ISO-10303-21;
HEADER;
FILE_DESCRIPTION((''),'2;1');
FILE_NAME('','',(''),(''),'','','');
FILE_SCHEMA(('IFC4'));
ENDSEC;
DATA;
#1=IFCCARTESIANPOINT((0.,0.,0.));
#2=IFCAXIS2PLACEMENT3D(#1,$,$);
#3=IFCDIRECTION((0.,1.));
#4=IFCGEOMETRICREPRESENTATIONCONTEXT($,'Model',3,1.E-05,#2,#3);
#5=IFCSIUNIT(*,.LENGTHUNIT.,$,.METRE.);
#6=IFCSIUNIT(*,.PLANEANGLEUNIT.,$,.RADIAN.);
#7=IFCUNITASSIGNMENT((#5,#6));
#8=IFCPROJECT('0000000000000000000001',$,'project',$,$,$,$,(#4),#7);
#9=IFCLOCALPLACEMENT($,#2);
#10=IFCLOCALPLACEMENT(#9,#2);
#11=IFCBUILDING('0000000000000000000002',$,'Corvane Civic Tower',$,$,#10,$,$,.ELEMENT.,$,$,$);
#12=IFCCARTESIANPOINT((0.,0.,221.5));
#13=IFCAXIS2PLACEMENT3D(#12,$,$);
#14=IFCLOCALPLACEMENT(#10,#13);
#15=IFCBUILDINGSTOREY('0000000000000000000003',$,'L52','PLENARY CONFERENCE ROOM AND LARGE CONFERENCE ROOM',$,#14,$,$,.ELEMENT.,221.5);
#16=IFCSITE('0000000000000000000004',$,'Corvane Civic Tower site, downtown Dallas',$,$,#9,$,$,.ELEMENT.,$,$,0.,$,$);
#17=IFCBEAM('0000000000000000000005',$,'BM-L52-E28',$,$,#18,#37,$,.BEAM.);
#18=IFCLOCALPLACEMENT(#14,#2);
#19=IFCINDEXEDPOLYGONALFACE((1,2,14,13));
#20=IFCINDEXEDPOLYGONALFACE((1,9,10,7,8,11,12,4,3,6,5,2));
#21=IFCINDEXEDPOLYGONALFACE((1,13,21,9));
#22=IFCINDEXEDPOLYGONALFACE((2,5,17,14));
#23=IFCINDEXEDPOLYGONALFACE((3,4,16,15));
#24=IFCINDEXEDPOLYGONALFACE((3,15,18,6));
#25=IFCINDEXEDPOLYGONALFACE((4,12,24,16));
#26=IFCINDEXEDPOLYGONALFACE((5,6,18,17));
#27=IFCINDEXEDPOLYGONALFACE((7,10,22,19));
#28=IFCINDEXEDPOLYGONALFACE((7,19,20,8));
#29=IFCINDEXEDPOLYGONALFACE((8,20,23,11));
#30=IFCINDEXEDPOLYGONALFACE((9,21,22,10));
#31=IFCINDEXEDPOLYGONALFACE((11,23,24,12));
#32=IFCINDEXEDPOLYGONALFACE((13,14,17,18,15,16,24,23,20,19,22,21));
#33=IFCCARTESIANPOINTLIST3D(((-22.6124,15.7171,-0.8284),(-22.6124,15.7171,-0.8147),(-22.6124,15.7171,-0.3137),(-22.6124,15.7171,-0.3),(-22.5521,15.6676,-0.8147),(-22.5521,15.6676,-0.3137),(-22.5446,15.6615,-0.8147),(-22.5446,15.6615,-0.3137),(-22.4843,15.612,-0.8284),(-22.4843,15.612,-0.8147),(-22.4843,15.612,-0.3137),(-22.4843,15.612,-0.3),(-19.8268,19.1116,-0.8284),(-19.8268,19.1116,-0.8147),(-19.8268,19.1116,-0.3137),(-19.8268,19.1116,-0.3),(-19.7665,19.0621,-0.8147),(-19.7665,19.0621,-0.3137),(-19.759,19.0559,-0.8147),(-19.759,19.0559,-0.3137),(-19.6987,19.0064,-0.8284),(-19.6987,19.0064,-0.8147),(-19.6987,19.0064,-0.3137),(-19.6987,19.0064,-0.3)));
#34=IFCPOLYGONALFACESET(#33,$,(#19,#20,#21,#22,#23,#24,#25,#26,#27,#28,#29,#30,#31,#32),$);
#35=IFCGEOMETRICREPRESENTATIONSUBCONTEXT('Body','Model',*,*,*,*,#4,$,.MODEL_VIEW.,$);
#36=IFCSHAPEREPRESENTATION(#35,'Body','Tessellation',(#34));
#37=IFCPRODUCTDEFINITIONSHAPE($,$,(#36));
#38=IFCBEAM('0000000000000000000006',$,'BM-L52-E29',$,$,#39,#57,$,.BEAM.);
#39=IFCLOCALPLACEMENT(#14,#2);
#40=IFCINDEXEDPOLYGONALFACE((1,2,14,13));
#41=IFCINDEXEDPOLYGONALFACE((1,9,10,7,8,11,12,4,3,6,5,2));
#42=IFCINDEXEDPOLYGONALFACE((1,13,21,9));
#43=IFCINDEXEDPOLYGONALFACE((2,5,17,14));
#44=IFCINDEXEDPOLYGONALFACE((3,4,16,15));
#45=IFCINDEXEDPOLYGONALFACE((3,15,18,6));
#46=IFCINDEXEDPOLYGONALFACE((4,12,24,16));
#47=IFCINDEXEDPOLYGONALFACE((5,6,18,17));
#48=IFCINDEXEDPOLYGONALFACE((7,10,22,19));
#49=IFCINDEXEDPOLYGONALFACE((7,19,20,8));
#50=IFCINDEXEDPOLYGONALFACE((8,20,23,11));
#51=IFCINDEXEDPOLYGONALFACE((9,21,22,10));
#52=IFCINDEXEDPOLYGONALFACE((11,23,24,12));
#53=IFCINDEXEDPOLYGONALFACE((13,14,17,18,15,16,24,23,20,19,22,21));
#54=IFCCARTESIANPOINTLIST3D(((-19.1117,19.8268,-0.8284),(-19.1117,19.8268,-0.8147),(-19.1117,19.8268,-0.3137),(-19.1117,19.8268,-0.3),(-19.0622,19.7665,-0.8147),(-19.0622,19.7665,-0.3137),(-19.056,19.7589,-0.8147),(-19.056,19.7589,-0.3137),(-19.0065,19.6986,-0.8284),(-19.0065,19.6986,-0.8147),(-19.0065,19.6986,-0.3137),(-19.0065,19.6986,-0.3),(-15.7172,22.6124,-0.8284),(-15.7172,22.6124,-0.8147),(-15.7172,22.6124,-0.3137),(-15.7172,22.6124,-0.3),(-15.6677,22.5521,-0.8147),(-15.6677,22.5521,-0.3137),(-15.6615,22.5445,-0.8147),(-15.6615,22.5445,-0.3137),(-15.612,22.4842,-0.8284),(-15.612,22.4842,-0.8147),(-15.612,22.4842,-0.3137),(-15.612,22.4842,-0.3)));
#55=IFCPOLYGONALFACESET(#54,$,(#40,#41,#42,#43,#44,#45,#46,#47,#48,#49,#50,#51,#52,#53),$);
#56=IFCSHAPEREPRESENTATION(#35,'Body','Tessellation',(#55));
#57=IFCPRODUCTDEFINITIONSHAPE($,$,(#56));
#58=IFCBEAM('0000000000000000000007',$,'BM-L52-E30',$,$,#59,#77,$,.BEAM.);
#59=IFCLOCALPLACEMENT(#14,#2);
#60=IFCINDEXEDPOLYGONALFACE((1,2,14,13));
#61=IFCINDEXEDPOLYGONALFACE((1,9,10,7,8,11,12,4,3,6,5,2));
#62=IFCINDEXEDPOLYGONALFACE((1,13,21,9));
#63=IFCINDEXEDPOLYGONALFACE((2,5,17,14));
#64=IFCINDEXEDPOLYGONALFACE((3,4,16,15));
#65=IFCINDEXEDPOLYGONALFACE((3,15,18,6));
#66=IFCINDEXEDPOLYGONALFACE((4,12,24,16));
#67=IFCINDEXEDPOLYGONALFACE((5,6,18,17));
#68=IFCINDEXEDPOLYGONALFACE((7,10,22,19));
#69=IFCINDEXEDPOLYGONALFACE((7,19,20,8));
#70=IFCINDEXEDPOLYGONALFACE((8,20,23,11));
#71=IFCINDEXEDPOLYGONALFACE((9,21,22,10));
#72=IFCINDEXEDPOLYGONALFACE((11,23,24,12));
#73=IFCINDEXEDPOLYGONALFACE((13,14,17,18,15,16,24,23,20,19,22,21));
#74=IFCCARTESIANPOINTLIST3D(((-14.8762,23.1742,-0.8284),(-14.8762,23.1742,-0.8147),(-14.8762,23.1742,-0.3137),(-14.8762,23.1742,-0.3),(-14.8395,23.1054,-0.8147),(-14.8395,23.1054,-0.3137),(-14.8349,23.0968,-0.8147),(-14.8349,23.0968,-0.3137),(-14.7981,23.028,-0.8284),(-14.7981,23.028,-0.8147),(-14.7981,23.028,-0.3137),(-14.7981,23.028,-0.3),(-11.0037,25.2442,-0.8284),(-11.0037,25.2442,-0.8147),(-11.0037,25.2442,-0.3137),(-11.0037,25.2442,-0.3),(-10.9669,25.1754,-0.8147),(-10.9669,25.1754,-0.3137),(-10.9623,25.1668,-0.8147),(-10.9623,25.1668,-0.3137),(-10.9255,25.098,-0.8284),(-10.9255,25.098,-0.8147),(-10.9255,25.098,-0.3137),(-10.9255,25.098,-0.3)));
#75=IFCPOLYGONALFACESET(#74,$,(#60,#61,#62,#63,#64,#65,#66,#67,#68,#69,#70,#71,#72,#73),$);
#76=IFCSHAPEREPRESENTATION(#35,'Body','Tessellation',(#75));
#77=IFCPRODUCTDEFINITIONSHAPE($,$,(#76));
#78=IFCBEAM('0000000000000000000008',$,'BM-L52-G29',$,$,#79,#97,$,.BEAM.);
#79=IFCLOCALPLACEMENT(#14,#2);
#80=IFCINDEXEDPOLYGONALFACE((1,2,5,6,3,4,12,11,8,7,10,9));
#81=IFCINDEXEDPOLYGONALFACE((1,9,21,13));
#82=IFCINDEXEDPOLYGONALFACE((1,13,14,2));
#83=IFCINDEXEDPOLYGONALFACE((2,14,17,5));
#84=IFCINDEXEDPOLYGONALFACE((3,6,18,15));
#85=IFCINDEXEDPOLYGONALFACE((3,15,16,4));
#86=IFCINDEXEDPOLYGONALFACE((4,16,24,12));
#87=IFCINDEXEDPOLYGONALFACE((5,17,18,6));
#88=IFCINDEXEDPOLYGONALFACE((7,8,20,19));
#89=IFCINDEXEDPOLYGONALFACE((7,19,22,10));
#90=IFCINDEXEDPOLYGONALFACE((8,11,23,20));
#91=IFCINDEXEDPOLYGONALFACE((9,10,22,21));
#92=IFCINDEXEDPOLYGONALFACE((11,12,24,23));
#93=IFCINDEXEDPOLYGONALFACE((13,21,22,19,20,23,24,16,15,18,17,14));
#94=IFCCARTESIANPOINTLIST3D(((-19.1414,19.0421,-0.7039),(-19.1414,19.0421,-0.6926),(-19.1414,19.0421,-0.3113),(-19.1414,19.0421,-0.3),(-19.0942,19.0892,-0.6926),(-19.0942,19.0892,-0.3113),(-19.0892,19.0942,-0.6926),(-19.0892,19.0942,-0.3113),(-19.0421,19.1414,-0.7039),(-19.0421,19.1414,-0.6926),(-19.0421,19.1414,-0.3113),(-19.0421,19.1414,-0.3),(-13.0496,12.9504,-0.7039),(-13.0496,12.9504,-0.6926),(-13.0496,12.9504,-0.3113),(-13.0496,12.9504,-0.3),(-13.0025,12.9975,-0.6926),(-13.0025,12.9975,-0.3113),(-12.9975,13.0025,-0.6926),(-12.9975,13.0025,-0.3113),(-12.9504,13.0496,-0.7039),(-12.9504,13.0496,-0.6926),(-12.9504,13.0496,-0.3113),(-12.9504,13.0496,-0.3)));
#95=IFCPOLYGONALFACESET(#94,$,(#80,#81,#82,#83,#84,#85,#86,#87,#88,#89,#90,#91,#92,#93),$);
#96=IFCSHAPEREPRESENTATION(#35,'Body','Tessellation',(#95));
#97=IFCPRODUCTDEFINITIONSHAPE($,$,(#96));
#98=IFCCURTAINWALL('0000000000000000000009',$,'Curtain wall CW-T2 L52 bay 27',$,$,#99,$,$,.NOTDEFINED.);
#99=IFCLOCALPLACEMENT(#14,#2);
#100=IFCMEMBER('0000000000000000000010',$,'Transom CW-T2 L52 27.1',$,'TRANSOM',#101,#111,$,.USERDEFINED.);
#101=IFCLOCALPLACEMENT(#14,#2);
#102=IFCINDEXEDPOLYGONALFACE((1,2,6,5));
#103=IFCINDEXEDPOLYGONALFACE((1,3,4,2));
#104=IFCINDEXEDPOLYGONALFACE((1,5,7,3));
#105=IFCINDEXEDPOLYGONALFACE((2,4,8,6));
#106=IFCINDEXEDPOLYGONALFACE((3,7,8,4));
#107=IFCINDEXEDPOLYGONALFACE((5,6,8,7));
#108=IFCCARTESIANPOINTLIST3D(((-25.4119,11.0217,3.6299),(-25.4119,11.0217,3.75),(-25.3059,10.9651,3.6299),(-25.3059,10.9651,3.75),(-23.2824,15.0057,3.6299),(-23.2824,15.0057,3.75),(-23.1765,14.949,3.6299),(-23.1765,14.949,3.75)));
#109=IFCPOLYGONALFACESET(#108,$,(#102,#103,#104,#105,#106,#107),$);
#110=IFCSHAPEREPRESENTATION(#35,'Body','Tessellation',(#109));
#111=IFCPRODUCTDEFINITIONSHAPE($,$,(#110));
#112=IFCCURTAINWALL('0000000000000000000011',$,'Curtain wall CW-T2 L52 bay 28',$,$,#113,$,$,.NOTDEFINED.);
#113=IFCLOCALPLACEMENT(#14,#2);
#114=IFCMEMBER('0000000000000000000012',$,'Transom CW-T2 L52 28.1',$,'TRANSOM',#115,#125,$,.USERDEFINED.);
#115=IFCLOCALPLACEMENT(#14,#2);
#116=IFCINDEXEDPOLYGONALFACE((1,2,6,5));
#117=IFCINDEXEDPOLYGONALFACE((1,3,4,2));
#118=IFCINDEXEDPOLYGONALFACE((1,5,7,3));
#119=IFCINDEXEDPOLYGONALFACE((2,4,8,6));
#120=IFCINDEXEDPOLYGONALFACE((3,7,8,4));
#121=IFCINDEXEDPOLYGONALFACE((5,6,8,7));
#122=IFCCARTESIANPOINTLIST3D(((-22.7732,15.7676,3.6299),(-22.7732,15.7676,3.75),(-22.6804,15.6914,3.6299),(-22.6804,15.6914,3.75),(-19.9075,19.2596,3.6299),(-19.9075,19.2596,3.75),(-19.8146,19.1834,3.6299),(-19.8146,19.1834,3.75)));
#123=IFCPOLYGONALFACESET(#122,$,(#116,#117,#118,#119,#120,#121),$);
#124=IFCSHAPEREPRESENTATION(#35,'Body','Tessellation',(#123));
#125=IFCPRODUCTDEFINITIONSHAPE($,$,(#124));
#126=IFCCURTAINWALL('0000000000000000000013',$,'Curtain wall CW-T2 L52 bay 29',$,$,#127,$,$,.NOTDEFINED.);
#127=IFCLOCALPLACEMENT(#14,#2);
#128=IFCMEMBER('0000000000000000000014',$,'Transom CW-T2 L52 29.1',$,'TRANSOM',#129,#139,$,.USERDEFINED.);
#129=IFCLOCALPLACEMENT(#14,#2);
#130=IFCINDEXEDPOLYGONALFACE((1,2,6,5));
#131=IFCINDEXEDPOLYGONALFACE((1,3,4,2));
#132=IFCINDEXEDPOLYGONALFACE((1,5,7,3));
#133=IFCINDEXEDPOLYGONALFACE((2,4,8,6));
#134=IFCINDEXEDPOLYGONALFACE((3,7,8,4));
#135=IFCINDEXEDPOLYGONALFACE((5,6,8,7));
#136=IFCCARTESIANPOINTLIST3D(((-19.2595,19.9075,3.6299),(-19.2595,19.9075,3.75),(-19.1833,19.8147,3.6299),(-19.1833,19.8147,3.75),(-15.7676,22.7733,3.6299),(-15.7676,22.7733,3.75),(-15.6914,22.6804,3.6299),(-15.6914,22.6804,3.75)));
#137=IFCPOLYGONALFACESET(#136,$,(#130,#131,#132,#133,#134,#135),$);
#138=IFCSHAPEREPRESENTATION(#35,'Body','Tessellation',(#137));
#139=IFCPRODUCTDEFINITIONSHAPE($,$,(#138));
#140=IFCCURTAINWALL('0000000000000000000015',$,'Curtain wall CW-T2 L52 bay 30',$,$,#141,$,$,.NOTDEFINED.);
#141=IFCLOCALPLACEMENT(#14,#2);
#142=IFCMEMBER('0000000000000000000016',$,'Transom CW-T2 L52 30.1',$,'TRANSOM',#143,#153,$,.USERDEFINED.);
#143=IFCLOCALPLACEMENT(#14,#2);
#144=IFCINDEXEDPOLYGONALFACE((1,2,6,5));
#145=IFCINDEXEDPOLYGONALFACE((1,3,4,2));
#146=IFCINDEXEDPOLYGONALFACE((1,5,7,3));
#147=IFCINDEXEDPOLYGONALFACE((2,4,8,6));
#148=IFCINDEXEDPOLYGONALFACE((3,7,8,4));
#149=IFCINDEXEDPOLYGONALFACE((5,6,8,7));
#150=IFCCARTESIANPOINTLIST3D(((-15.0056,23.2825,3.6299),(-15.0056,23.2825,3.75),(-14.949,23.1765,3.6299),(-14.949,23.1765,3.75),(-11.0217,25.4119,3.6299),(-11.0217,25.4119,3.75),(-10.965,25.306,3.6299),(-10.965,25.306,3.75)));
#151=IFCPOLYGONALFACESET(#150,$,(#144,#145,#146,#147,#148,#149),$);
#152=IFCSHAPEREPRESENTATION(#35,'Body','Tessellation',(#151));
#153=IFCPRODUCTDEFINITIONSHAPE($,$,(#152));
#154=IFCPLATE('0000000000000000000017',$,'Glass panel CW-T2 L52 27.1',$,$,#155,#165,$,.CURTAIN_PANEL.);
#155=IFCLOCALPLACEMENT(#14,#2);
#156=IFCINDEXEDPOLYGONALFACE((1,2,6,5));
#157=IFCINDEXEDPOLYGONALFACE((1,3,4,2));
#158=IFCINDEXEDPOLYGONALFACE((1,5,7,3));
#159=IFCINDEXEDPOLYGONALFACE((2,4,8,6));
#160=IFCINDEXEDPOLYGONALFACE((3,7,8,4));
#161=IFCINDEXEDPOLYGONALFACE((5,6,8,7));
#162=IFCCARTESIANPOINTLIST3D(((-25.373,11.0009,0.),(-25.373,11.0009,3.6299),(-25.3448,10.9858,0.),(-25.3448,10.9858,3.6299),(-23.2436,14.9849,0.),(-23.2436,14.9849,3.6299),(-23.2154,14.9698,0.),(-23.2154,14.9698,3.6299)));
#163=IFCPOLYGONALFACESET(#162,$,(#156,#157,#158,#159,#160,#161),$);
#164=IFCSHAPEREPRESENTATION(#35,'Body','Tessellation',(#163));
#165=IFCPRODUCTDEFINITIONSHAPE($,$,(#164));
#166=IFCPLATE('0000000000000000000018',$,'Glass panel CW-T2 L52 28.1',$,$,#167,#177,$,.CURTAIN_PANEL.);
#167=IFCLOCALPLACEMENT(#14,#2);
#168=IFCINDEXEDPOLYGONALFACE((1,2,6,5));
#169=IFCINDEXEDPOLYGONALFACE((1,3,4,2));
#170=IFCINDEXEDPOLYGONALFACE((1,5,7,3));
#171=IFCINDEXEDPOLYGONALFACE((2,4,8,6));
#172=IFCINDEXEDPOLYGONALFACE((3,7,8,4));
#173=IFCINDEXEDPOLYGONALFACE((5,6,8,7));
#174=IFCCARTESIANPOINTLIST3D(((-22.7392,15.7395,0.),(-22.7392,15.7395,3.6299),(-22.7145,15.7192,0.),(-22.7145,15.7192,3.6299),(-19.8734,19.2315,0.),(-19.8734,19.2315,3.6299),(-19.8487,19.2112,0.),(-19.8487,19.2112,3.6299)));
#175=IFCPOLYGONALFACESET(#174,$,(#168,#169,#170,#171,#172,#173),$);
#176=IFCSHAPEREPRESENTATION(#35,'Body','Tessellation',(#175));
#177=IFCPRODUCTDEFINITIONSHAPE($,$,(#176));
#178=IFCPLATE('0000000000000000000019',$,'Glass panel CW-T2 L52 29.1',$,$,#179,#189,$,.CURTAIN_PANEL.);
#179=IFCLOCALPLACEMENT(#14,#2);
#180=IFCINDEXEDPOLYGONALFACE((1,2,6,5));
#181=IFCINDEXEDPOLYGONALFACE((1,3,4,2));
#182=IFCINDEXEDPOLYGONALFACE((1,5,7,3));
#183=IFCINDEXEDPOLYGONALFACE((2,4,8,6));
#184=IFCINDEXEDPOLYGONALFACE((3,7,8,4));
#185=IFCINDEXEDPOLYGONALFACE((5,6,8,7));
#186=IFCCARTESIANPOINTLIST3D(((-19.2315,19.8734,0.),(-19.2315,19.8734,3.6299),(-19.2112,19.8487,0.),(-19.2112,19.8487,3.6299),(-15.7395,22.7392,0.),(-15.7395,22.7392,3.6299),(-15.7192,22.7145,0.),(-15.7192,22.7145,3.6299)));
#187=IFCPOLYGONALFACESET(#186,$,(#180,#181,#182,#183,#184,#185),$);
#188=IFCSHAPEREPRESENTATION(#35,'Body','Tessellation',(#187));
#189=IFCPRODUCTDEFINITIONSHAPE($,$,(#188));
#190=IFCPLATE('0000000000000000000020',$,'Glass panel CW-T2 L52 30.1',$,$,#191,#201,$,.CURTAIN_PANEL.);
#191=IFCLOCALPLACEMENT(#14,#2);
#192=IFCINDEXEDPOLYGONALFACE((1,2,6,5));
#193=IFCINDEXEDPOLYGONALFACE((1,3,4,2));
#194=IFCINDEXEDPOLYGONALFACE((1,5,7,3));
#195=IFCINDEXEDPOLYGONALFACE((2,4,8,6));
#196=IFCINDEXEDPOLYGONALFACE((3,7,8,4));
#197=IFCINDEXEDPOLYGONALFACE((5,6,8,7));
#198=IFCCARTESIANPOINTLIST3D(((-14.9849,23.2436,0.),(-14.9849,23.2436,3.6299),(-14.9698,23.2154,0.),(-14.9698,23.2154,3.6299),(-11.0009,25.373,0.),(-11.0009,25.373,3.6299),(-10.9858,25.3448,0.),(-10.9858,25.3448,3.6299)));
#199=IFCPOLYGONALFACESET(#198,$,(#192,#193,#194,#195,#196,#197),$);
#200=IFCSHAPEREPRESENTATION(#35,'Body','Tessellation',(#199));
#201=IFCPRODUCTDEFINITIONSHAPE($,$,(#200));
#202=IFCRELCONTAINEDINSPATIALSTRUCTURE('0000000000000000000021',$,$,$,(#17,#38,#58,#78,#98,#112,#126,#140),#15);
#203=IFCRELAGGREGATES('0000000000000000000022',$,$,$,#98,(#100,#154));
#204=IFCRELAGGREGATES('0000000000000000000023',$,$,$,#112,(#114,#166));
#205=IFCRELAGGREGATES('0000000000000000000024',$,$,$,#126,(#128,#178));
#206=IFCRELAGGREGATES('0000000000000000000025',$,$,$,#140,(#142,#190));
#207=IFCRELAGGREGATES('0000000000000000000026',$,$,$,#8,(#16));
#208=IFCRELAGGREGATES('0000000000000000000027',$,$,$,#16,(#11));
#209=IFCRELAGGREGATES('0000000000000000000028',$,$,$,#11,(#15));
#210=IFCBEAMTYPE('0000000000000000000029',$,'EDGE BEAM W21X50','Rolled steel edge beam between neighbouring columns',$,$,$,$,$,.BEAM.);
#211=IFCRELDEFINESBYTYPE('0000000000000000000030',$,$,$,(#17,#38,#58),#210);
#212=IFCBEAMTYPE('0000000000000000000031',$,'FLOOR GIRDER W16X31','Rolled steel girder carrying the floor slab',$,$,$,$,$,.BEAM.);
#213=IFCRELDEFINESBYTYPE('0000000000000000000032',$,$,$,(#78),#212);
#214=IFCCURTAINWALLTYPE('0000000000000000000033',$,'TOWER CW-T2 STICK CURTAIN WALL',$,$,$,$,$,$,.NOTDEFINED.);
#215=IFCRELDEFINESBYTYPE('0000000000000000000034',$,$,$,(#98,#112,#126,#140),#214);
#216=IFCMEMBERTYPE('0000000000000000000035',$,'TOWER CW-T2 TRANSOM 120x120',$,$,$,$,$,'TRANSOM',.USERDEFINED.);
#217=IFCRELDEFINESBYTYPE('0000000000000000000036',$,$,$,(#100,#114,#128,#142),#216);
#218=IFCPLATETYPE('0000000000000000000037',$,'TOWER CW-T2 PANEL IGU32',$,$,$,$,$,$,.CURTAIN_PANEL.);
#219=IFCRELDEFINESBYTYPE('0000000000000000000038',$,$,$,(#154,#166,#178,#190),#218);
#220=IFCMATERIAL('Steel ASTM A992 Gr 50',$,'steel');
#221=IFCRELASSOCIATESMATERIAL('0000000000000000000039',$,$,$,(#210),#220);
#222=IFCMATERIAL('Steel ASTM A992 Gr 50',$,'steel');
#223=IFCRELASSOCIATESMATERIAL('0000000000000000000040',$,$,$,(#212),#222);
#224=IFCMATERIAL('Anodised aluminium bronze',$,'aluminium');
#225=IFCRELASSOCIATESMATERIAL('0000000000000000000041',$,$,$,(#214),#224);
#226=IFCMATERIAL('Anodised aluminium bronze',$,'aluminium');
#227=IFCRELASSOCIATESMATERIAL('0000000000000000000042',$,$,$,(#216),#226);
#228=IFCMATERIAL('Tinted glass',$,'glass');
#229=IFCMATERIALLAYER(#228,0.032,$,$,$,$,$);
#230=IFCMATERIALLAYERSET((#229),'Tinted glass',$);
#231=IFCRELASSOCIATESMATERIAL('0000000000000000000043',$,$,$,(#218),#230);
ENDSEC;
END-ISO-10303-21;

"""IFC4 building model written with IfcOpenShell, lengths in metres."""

from ifc_helpers import new_model, si_unit, direction, frame, origin, origin_2d, place, context, subcontext, project, spatial, rectangle, i_section, extrude, material, layer, layer_set, material_profile, profile_set, type_object, element, aggregate, save


model = new_model("IFC4")

# Units and contexts
model_context = context("Model", 3, precision=1e-05, world=origin(), true_north=direction((0.0, 1.0)))
body_context = subcontext(model_context, "Body", "Model", "MODEL_VIEW")
ifc_project = project(units=[si_unit("LENGTHUNIT", "METRE"), si_unit("PLANEANGLEUNIT", "RADIAN")], contexts=[model_context])

# Site, building, storey
site_placement = place(None, origin())
site = spatial("IfcSite", under=ifc_project, at=site_placement, Name="Corvane Civic Tower site, downtown Dallas", CompositionType="ELEMENT", RefElevation=0.0)
building_placement = place(site_placement, origin())
building = spatial("IfcBuilding", under=site, at=building_placement, Name="Corvane Civic Tower", CompositionType="ELEMENT")
storey_placement = place(building_placement, frame((0.0, 0.0, 221.5)))
storey = spatial("IfcBuildingStorey", under=building, at=storey_placement, Name="L52", Description="PLENARY CONFERENCE ROOM AND LARGE CONFERENCE ROOM", CompositionType="ELEMENT", Elevation=221.5)

# Beams
ifc_material_1 = material(Name="Steel ASTM A992 Gr 50", Category="steel")
ifc_material_profile_1 = material_profile(ifc_material_1, i_section(OverallWidth=0.1658, OverallDepth=0.5283, WebThickness=0.0098, FlangeThickness=0.0137, at=origin_2d()), Name="W21X50")
ifc_profile_set_1 = profile_set([ifc_material_profile_1], Name="Steel ASTM A992 Gr 50")
beam_type_1 = type_object("IfcBeamType", Name="EDGE BEAM W21X50", Description="Rolled steel edge beam between neighbouring columns", PredefinedType="BEAM", material=ifc_profile_set_1)
for number, where, z_axis, x_axis, name in (
    (1, (-22.5483, 15.6646, -0.5642), (0.634369, 0.77303, 0.0), (-0.77303, 0.634369, 0.0), "BM-L52-E28"),
    (2, (-19.0591, 19.7627, -0.5642), (0.77303, 0.634369, 0.0), (-0.634369, 0.77303, 0.0), "BM-L52-E29"),
    (3, (-14.8372, 23.1011, -0.5642), (0.881908, 0.471422, 0.0), (-0.471422, 0.881908, 0.0), "BM-L52-E30"),
):
    element("IfcBeam", number, at=place(storey_placement, frame(where, z_axis=z_axis, x_axis=x_axis)), inside=storey, type_object=beam_type_1, Name=name, PredefinedType="BEAM", context=body_context, shape_type="SweptSolid", body=[
        extrude(i_section(OverallWidth=0.1658, OverallDepth=0.5283, WebThickness=0.0098, FlangeThickness=0.0137, at=origin_2d()), origin(), (0.0, 0.0, 1.0), 4.3911),
    ])
ifc_material_2 = material(Name="Steel ASTM A992 Gr 50", Category="steel")
ifc_material_profile_2 = material_profile(ifc_material_2, i_section(OverallWidth=0.1404, OverallDepth=0.4038, WebThickness=0.0071, FlangeThickness=0.0112, at=origin_2d()), Name="W16X31")
ifc_profile_set_2 = profile_set([ifc_material_profile_2], Name="Steel ASTM A992 Gr 50")
beam_type_2 = type_object("IfcBeamType", Name="FLOOR GIRDER W16X31", Description="Rolled steel girder carrying the floor slab", PredefinedType="BEAM", material=ifc_profile_set_2)
beam_placement = place(storey_placement, frame((-13.0, 13.0, -0.502), z_axis=(-0.707107, 0.707107, 0.0), x_axis=(-0.707107, -0.707107, 0.0)))
element("IfcBeam", 4, at=beam_placement, inside=storey, type_object=beam_type_2, Name="BM-L52-G29", PredefinedType="BEAM", context=body_context, shape_type="SweptSolid", body=[
    extrude(i_section(OverallWidth=0.1404, OverallDepth=0.4038, WebThickness=0.0071, FlangeThickness=0.0112, at=origin_2d()), origin(), (0.0, 0.0, 1.0), 8.615),
])

# Curtain walls, members
ifc_material_3 = material(Name="Anodised aluminium bronze", Category="aluminium")
curtain_wall_type = type_object("IfcCurtainWallType", Name="TOWER CW-T2 STICK CURTAIN WALL", PredefinedType="NOTDEFINED", material=ifc_material_3)
curtain_wall_1_placement = place(storey_placement, origin())
curtain_wall_1 = element("IfcCurtainWall", 5, at=curtain_wall_1_placement, inside=storey, type_object=curtain_wall_type, Name="Curtain wall CW-T2 L52 bay 27", PredefinedType="NOTDEFINED")
ifc_material_4 = material(Name="Anodised aluminium bronze", Category="aluminium")
ifc_material_profile_3 = material_profile(ifc_material_4, rectangle(XDim=0.1201, YDim=0.1201, at=origin_2d()), Name="TOWER CW-T2 TRANSOM 120x120")
ifc_profile_set_3 = profile_set([ifc_material_profile_3], Name="Anodised aluminium bronze")
member_type = type_object("IfcMemberType", Name="TOWER CW-T2 TRANSOM 120x120", ElementType="TRANSOM", PredefinedType="USERDEFINED", material=ifc_profile_set_3)
member_1_placement = place(storey_placement, frame((-25.3589, 10.9934, 3.6899), z_axis=(0.47139, 0.881925, 0.0), x_axis=(-0.881925, 0.47139, 0.0)))
member_1 = element("IfcMember", 6, at=member_1_placement, type_object=member_type, Name="Transom CW-T2 L52 27.1", ObjectType="TRANSOM", PredefinedType="USERDEFINED", context=body_context, shape_type="SweptSolid", body=[
    extrude(rectangle(XDim=0.1201, YDim=0.1201, at=origin_2d()), origin(), (0.0, 0.0, 1.0), 4.5173),
])
curtain_wall_2_placement = place(storey_placement, origin())
curtain_wall_2 = element("IfcCurtainWall", 7, at=curtain_wall_2_placement, inside=storey, type_object=curtain_wall_type, Name="Curtain wall CW-T2 L52 bay 28", PredefinedType="NOTDEFINED")
member_2_placement = place(storey_placement, frame((-22.7268, 15.7295, 3.6899), z_axis=(0.634388, 0.773015, 0.0), x_axis=(-0.773015, 0.634388, 0.0)))
member_2 = element("IfcMember", 8, at=member_2_placement, type_object=member_type, Name="Transom CW-T2 L52 28.1", ObjectType="TRANSOM", PredefinedType="USERDEFINED", context=body_context, shape_type="SweptSolid", body=[
    extrude(rectangle(XDim=0.1201, YDim=0.1201, at=origin_2d()), origin(), (0.0, 0.0, 1.0), 4.5173),
])
curtain_wall_3_placement = place(storey_placement, origin())
curtain_wall_3 = element("IfcCurtainWall", 9, at=curtain_wall_3_placement, inside=storey, type_object=curtain_wall_type, Name="Curtain wall CW-T2 L52 bay 29", PredefinedType="NOTDEFINED")
member_3_placement = place(storey_placement, frame((-19.2214, 19.8611, 3.6899), z_axis=(0.773015, 0.634388, 0.0), x_axis=(-0.634388, 0.773015, 0.0)))
member_3 = element("IfcMember", 10, at=member_3_placement, type_object=member_type, Name="Transom CW-T2 L52 29.1", ObjectType="TRANSOM", PredefinedType="USERDEFINED", context=body_context, shape_type="SweptSolid", body=[
    extrude(rectangle(XDim=0.1201, YDim=0.1201, at=origin_2d()), origin(), (0.0, 0.0, 1.0), 4.5173),
])
curtain_wall_4_placement = place(storey_placement, origin())
curtain_wall_4 = element("IfcCurtainWall", 11, at=curtain_wall_4_placement, inside=storey, type_object=curtain_wall_type, Name="Curtain wall CW-T2 L52 bay 30", PredefinedType="NOTDEFINED")
member_4_placement = place(storey_placement, frame((-14.9773, 23.2295, 3.6899), z_axis=(0.881925, 0.47139, 0.0), x_axis=(-0.47139, 0.881925, 0.0)))
member_4 = element("IfcMember", 12, at=member_4_placement, type_object=member_type, Name="Transom CW-T2 L52 30.1", ObjectType="TRANSOM", PredefinedType="USERDEFINED", context=body_context, shape_type="SweptSolid", body=[
    extrude(rectangle(XDim=0.1201, YDim=0.1201, at=origin_2d()), origin(), (0.0, 0.0, 1.0), 4.5173),
])

# Plates
ifc_material_5 = material(Name="Tinted glass", Category="glass")
ifc_layer_1 = layer(ifc_material_5, 0.032)
ifc_layer_set_1 = layer_set([ifc_layer_1], Name="Tinted glass")
plate_type = type_object("IfcPlateType", Name="TOWER CW-T2 PANEL IGU32", PredefinedType="CURTAIN_PANEL", material=ifc_layer_set_1)
plate_1_placement = place(storey_placement, frame((-24.2942, 12.9854, 0.0), z_axis=(0.0, 0.0, 1.0), x_axis=(0.471398, 0.88192, 0.0)))
plate_1 = element("IfcPlate", 13, at=plate_1_placement, type_object=plate_type, Name="Glass panel CW-T2 L52 27.1", PredefinedType="CURTAIN_PANEL", context=body_context, shape_type="SweptSolid", body=[
    extrude(rectangle(XDim=4.5173, YDim=0.032, at=origin_2d()), origin(), (0.0, 0.0, 1.0), 3.6299),
])
aggregate(curtain_wall_1, [member_1, plate_1])
plate_2_placement = place(storey_placement, frame((-21.2939, 17.4753, 0.0), z_axis=(0.0, 0.0, 1.0), x_axis=(0.634391, 0.773012, 0.0)))
plate_2 = element("IfcPlate", 14, at=plate_2_placement, type_object=plate_type, Name="Glass panel CW-T2 L52 28.1", PredefinedType="CURTAIN_PANEL", context=body_context, shape_type="SweptSolid", body=[
    extrude(rectangle(XDim=4.5173, YDim=0.032, at=origin_2d()), origin(), (0.0, 0.0, 1.0), 3.6299),
])
aggregate(curtain_wall_2, [member_2, plate_2])
plate_3_placement = place(storey_placement, frame((-17.4753, 21.2939, 0.0), z_axis=(0.0, 0.0, 1.0), x_axis=(0.773012, 0.634391, 0.0)))
plate_3 = element("IfcPlate", 15, at=plate_3_placement, type_object=plate_type, Name="Glass panel CW-T2 L52 29.1", PredefinedType="CURTAIN_PANEL", context=body_context, shape_type="SweptSolid", body=[
    extrude(rectangle(XDim=4.5173, YDim=0.032, at=origin_2d()), origin(), (0.0, 0.0, 1.0), 3.6299),
])
aggregate(curtain_wall_3, [member_3, plate_3])
plate_4_placement = place(storey_placement, frame((-12.9854, 24.2942, 0.0), z_axis=(0.0, 0.0, 1.0), x_axis=(0.88192, 0.471398, 0.0)))
plate_4 = element("IfcPlate", 16, at=plate_4_placement, type_object=plate_type, Name="Glass panel CW-T2 L52 30.1", PredefinedType="CURTAIN_PANEL", context=body_context, shape_type="SweptSolid", body=[
    extrude(rectangle(XDim=4.5173, YDim=0.032, at=origin_2d()), origin(), (0.0, 0.0, 1.0), 3.6299),
])
aggregate(curtain_wall_4, [member_4, plate_4])

save(model, "model.ifc")
